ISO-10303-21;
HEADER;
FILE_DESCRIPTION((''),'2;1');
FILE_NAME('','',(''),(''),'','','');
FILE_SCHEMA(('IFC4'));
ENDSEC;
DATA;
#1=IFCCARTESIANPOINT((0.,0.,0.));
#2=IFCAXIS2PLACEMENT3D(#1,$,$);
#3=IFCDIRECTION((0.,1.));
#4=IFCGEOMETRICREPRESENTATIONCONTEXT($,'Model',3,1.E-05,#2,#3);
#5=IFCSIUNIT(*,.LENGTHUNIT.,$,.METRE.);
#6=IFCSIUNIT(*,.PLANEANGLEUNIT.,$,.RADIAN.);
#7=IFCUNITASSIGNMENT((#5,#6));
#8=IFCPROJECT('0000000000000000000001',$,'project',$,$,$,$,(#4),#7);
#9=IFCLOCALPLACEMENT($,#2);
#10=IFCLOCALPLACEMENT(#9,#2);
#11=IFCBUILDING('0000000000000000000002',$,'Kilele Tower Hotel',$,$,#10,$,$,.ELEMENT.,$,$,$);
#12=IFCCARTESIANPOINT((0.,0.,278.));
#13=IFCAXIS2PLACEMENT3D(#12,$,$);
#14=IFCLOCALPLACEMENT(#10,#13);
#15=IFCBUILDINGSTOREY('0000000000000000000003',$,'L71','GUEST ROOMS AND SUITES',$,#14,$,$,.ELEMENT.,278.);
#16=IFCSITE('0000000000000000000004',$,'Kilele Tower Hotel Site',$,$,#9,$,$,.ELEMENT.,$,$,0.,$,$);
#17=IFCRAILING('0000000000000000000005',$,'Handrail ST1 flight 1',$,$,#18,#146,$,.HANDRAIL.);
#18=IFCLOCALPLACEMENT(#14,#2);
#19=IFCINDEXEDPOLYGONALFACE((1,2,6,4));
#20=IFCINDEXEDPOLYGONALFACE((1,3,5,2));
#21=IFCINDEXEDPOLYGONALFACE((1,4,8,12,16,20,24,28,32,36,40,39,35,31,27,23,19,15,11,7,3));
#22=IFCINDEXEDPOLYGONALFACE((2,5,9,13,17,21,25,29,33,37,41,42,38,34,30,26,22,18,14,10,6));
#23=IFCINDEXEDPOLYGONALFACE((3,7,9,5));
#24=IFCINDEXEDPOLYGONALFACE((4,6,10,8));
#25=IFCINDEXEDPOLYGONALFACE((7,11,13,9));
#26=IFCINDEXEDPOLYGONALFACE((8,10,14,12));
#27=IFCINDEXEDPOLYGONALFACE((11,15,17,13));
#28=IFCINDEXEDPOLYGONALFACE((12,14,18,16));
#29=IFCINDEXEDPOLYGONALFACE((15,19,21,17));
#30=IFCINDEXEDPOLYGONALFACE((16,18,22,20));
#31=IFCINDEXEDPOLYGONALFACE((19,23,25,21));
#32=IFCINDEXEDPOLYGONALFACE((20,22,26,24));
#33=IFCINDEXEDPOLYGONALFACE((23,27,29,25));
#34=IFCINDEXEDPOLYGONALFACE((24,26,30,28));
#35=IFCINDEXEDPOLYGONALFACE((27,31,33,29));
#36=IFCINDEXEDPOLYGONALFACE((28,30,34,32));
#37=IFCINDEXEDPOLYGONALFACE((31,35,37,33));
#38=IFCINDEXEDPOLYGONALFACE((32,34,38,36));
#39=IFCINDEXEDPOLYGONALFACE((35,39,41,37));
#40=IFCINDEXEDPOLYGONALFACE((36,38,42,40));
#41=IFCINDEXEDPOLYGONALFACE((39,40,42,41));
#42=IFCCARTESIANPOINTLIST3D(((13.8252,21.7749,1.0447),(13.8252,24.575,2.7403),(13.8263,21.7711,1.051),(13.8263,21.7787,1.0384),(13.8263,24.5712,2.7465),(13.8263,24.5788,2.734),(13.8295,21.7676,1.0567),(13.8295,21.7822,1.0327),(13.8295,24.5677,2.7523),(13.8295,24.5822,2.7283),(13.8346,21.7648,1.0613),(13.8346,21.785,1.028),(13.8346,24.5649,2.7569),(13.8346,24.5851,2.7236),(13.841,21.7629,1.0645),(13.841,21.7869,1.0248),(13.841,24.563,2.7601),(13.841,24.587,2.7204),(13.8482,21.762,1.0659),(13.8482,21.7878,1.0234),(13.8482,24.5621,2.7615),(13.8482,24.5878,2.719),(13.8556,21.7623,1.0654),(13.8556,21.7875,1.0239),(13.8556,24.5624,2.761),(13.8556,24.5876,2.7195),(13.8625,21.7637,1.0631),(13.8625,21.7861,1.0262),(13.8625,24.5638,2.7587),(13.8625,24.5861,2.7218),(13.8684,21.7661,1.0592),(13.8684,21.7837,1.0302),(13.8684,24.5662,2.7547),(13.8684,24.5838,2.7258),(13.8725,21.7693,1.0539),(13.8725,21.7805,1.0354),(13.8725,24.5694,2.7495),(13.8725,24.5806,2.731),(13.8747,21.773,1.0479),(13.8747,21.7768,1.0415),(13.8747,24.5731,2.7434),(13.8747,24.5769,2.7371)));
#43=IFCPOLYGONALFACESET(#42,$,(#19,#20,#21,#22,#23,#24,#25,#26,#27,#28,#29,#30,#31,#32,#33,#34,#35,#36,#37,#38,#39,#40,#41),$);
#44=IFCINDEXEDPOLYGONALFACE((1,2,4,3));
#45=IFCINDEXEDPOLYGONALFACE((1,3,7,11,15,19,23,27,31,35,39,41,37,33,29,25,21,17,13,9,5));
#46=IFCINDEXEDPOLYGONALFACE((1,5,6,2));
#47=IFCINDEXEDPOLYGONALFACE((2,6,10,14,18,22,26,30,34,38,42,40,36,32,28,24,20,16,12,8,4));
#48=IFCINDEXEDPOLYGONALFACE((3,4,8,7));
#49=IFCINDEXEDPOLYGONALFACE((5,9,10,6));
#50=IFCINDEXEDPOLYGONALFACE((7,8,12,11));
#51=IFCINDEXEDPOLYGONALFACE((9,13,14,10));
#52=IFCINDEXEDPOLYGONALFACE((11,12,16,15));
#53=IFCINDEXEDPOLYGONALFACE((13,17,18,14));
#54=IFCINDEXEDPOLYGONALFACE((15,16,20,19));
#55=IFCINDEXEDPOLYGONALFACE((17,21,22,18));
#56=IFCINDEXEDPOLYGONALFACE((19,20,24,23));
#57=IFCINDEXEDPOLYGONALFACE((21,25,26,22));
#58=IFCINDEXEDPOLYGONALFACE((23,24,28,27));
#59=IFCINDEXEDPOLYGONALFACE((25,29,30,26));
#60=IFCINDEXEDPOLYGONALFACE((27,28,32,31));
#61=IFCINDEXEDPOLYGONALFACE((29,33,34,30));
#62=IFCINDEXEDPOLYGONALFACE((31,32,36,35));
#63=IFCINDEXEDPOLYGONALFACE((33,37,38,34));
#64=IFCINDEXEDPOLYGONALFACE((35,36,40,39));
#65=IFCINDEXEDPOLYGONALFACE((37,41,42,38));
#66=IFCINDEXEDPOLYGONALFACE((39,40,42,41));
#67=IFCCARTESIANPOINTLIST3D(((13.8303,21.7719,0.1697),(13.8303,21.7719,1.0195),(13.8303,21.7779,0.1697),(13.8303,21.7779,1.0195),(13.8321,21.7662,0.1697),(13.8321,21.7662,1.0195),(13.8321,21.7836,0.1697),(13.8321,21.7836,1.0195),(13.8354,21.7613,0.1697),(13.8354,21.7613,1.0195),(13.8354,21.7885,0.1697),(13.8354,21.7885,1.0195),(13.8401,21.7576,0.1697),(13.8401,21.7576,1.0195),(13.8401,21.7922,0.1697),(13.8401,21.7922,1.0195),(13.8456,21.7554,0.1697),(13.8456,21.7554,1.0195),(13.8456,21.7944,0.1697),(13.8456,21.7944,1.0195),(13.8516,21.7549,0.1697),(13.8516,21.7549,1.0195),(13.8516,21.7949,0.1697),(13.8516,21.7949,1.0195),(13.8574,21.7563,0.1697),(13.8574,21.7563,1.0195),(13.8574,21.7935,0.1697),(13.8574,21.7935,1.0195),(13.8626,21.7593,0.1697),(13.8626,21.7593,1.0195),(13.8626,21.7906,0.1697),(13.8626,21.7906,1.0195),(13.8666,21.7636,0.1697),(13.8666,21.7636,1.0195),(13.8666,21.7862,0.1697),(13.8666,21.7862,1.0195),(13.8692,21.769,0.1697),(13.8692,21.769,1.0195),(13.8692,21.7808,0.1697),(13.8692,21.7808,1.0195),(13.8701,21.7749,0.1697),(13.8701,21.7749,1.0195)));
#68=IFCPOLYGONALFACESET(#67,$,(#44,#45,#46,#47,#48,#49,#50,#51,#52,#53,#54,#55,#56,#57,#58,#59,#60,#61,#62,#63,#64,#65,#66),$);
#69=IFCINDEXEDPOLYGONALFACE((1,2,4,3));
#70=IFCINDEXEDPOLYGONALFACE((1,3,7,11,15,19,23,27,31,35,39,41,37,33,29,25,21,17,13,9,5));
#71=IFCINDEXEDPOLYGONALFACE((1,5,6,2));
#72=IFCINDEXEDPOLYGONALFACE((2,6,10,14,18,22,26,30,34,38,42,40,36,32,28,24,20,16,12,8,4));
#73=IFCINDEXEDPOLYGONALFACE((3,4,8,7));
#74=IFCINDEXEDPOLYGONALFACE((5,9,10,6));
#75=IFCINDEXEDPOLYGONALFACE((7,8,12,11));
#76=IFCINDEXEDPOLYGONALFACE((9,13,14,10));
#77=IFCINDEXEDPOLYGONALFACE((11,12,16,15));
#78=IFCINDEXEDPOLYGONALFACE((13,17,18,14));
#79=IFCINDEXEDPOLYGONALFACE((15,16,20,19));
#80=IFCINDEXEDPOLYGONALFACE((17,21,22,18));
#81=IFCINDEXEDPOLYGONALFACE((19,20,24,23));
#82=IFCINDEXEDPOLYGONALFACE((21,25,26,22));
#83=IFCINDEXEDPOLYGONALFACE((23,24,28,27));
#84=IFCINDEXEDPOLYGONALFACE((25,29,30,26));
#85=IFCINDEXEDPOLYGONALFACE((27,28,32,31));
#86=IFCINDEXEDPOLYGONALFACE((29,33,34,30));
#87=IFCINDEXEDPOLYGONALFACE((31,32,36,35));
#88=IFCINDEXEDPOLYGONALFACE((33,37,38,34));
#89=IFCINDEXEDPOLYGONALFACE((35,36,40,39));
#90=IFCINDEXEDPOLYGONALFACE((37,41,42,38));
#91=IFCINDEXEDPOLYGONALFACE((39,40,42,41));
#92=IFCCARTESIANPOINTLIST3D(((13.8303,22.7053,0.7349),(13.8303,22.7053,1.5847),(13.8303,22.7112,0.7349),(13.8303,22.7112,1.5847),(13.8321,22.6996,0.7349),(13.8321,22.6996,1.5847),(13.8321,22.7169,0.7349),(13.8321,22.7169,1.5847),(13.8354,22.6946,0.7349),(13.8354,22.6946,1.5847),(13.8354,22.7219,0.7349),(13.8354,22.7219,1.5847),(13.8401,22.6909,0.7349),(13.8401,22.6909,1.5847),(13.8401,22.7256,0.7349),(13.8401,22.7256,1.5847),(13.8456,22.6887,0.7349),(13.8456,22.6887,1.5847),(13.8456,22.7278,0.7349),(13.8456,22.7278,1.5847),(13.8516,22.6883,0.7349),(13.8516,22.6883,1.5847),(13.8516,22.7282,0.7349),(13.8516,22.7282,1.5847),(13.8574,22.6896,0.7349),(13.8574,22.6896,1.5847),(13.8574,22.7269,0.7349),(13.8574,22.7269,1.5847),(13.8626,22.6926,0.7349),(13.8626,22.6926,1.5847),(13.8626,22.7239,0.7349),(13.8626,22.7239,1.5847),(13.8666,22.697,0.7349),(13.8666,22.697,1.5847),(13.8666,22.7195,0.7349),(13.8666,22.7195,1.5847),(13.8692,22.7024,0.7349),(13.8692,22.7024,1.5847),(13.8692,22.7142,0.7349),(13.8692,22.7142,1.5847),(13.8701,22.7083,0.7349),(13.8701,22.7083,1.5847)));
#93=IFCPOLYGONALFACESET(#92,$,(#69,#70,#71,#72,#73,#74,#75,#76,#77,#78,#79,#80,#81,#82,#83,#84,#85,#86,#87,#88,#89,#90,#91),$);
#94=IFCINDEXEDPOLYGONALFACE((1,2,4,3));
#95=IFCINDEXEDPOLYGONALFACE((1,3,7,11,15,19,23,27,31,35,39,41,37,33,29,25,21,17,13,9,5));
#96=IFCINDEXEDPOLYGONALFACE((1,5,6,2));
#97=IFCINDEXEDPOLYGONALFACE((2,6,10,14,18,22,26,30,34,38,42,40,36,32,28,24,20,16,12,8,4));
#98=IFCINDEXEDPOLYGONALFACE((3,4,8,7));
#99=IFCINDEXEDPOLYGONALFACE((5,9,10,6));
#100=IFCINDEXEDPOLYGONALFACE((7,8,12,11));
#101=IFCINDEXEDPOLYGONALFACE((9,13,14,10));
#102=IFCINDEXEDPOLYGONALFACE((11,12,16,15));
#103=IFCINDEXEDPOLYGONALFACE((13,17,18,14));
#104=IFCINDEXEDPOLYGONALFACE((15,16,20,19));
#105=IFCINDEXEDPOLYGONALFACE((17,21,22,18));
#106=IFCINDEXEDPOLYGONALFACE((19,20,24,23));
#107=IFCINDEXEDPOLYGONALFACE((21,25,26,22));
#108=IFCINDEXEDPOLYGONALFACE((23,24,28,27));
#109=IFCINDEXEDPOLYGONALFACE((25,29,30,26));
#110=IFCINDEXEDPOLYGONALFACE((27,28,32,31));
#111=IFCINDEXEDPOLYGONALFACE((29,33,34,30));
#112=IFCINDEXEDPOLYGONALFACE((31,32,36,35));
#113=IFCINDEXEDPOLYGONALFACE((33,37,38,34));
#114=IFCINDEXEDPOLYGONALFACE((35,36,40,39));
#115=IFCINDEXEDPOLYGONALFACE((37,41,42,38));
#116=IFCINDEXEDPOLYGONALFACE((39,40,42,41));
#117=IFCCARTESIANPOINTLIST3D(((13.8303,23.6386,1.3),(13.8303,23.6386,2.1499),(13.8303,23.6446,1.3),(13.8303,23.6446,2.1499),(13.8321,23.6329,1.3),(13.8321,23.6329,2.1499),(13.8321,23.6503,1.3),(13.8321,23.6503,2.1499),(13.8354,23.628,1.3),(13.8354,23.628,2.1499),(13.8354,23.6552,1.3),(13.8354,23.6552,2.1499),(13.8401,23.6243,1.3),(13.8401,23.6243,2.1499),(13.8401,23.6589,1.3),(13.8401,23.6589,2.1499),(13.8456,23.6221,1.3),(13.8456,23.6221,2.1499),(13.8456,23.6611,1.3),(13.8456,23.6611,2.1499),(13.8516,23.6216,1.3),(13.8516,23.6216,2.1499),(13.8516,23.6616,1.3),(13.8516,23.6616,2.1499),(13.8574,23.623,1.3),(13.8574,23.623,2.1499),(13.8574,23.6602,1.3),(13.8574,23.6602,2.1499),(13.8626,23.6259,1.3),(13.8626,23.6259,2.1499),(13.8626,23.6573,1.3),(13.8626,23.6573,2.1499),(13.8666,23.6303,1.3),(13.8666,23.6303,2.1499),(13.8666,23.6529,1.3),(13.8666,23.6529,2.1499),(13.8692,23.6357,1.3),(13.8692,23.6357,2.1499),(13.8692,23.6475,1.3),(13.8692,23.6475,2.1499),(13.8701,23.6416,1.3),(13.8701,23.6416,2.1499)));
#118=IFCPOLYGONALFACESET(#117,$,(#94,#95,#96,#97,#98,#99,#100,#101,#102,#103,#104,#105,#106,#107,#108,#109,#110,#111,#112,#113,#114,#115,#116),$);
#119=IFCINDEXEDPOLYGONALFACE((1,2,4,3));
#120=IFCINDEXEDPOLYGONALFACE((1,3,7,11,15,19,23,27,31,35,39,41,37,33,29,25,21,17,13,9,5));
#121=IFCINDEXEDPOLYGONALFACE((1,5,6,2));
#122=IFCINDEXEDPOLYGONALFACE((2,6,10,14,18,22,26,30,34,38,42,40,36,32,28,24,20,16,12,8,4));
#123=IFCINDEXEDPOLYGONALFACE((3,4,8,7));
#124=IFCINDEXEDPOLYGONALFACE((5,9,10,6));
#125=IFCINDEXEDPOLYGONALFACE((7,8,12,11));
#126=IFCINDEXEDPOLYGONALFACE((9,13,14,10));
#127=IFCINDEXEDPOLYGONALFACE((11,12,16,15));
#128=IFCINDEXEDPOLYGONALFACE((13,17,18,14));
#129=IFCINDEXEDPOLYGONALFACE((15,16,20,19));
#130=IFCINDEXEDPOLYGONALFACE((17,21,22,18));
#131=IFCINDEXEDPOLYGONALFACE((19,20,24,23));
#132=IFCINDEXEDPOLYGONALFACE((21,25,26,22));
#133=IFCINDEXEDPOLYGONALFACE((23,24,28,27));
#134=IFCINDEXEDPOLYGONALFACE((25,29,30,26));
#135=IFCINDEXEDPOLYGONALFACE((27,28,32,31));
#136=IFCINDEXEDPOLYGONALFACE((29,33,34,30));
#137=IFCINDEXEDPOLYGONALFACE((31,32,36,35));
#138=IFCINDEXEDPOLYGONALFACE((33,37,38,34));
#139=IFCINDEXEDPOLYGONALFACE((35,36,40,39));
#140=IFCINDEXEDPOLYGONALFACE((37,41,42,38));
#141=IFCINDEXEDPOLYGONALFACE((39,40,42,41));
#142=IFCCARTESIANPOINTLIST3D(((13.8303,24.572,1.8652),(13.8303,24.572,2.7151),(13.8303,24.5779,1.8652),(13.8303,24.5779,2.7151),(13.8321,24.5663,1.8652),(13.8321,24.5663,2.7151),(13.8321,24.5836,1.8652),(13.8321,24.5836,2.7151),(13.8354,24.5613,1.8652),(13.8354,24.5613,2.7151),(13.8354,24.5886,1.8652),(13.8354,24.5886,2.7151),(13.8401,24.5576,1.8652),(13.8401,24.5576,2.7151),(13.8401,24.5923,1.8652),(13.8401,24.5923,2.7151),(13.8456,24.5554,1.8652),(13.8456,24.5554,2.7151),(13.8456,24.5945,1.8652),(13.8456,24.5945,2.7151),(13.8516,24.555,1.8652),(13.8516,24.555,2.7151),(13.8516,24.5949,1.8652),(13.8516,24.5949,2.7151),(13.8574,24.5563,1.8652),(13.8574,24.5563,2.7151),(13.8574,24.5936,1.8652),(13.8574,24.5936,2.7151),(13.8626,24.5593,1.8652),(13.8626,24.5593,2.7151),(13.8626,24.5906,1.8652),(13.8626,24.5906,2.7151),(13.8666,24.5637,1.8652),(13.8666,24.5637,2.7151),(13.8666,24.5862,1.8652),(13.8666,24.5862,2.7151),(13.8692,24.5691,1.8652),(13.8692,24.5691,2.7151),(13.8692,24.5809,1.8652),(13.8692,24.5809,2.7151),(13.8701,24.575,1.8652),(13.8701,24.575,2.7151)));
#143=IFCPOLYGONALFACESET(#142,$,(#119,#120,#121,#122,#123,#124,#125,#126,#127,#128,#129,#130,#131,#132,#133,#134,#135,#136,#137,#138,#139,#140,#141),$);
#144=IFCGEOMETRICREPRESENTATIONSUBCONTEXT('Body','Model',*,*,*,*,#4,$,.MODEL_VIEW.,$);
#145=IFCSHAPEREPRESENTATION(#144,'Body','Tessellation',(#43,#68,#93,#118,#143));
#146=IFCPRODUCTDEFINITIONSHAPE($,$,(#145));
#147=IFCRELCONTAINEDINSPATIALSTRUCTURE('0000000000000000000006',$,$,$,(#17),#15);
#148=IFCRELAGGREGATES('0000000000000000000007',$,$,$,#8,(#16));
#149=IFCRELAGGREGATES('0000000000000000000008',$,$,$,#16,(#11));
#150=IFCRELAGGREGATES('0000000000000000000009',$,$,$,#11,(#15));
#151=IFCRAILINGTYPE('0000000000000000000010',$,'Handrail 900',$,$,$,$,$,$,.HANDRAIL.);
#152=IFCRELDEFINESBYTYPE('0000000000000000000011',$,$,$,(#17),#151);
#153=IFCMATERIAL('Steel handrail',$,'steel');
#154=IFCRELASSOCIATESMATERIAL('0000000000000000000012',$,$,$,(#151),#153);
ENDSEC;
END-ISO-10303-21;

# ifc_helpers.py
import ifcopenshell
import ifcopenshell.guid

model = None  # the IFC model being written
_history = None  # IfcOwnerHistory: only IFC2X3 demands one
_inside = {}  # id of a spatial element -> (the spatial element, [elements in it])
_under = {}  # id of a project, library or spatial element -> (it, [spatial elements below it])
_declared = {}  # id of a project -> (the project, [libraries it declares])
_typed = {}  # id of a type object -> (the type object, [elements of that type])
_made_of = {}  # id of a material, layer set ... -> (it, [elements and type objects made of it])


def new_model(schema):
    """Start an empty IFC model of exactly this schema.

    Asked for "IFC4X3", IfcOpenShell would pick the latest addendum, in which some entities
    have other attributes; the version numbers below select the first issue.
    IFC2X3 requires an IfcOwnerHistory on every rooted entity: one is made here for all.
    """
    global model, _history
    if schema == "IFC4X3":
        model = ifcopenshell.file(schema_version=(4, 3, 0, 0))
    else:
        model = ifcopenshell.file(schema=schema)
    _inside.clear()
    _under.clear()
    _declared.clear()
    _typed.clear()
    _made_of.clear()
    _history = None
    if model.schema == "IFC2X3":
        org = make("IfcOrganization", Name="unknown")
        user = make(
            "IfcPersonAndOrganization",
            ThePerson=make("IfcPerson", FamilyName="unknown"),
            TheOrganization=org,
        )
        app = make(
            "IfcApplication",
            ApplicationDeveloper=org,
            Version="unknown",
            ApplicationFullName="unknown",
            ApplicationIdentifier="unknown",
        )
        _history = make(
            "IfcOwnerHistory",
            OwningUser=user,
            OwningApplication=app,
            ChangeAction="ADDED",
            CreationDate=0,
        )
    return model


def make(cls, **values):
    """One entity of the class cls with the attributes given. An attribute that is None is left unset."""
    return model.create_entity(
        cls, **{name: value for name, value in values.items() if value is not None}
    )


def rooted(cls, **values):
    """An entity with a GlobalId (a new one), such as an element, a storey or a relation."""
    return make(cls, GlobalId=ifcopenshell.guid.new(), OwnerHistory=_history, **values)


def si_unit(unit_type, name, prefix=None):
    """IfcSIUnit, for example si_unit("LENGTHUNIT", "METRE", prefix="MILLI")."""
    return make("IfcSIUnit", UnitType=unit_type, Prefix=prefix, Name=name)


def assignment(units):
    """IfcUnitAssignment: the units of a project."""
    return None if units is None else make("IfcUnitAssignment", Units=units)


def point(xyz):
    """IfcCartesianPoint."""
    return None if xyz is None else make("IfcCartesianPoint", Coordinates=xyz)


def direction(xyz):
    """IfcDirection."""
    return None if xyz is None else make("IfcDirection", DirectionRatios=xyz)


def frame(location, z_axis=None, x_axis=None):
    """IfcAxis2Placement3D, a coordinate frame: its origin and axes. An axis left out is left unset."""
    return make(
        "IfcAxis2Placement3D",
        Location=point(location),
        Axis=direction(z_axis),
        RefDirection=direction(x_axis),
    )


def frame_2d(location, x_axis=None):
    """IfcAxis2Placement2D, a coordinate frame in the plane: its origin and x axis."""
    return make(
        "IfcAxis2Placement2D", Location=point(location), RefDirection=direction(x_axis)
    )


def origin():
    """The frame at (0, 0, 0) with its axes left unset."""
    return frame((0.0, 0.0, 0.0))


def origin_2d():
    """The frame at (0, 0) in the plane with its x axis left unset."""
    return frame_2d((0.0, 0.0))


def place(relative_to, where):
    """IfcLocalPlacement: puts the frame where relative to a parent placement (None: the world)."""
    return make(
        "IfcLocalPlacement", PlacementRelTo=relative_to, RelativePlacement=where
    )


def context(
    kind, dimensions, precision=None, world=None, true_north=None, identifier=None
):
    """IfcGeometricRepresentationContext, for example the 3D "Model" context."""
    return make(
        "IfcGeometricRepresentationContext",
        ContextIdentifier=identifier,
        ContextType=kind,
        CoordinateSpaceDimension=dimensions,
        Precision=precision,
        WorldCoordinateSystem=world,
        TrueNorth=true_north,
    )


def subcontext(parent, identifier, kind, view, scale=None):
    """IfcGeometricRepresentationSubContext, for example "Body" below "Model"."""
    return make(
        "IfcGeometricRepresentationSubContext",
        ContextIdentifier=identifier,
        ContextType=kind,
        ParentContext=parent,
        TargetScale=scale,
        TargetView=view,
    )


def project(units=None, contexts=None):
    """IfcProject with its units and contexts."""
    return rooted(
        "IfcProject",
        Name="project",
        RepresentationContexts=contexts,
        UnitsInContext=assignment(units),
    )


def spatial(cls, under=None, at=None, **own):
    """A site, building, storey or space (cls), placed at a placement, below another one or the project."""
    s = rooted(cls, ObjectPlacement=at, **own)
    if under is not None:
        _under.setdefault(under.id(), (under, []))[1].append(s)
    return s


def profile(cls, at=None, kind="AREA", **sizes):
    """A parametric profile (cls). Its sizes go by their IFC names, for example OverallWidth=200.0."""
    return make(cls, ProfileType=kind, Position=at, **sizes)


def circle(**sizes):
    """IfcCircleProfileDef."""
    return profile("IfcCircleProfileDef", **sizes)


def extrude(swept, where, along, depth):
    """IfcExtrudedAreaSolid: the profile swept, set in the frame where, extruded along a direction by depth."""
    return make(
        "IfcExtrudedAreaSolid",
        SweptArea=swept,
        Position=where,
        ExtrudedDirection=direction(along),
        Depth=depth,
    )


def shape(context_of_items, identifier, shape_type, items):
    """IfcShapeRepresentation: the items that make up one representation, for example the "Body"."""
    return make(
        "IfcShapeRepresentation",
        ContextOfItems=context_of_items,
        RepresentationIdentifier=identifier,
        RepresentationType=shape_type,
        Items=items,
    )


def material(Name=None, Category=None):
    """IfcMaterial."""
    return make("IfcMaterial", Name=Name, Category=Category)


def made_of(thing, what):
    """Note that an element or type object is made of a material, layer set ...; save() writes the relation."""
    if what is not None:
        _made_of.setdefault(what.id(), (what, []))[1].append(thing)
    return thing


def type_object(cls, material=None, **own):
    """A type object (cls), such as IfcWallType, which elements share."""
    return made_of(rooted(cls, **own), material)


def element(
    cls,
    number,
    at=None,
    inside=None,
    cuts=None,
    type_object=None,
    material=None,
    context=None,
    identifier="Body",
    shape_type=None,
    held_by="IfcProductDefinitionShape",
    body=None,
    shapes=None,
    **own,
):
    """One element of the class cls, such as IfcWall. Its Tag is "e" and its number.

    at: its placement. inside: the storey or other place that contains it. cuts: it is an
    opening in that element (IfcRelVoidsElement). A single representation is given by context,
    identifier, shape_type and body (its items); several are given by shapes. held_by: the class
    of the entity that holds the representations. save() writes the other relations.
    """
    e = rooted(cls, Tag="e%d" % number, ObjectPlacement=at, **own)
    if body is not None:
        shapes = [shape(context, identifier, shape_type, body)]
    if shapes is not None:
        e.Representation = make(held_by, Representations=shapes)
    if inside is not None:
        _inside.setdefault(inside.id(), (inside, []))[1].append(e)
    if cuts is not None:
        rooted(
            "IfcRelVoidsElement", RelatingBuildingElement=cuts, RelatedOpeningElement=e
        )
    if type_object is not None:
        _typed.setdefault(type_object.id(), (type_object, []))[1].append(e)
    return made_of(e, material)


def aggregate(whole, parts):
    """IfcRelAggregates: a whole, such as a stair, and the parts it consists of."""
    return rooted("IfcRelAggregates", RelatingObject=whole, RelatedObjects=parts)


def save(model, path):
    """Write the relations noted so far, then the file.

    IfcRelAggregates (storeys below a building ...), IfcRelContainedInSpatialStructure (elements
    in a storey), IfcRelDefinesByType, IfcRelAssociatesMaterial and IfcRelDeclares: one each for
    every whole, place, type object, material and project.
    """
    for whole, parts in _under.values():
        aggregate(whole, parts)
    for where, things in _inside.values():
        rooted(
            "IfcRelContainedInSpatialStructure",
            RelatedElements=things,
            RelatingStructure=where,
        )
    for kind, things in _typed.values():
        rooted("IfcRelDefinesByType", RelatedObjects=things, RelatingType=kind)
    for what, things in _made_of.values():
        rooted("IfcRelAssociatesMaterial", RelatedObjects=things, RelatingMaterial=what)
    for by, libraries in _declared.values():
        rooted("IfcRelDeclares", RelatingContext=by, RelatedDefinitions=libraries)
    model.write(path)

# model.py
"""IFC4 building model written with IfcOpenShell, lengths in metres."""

from ifc_helpers import new_model, si_unit, direction, frame, origin, origin_2d, place, context, subcontext, project, spatial, circle, extrude, material, type_object, element, save


model = new_model("IFC4")

# Units and contexts
model_context = context("Model", 3, precision=1e-05, world=origin(), true_north=direction((0.0, 1.0)))
body_context = subcontext(model_context, "Body", "Model", "MODEL_VIEW")
ifc_project = project(units=[si_unit("LENGTHUNIT", "METRE"), si_unit("PLANEANGLEUNIT", "RADIAN")], contexts=[model_context])

# Site, building, storey
site_placement = place(None, origin())
site = spatial("IfcSite", under=ifc_project, at=site_placement, Name="Kilele Tower Hotel Site", CompositionType="ELEMENT", RefElevation=0.0)
building_placement = place(site_placement, origin())
building = spatial("IfcBuilding", under=site, at=building_placement, Name="Kilele Tower Hotel", CompositionType="ELEMENT")
storey_placement = place(building_placement, frame((0.0, 0.0, 278.0)))
storey = spatial("IfcBuildingStorey", under=building, at=storey_placement, Name="L71", Description="GUEST ROOMS AND SUITES", CompositionType="ELEMENT", Elevation=278.0)

# Railing
ifc_material_1 = material(Name="Steel handrail", Category="steel")
railing_type_1 = type_object("IfcRailingType", Name="Handrail 900", PredefinedType="HANDRAIL", material=ifc_material_1)
railing_1_placement = place(storey_placement, frame((13.8501, 21.7749, 0.1697)))
element("IfcRailing", 1, at=railing_1_placement, inside=storey, type_object=railing_type_1, Name="Handrail ST1 flight 1", PredefinedType="HANDRAIL", context=body_context, shape_type="SweptSolid", body=[
    extrude(circle(Radius=0.0249, at=origin_2d()), frame((0.0, 0.0, 0.875), z_axis=(0.0, 0.855393, 0.517979), x_axis=(-1.0, 0.0, 0.0)), (0.0, 0.0, 1.0), 3.2734),
    extrude(circle(Radius=0.02, at=origin_2d()), origin(), (0.0, 0.0, 1.0), 0.8499),
    extrude(circle(Radius=0.02, at=origin_2d()), frame((0.0, 0.9333, 0.5652)), (0.0, 0.0, 1.0), 0.8499),
    extrude(circle(Radius=0.02, at=origin_2d()), frame((0.0, 1.8667, 1.1304)), (0.0, 0.0, 1.0), 0.8499),
    extrude(circle(Radius=0.02, at=origin_2d()), frame((0.0, 2.8, 1.6956)), (0.0, 0.0, 1.0), 0.8499),
])

save(model, "model.ifc")
